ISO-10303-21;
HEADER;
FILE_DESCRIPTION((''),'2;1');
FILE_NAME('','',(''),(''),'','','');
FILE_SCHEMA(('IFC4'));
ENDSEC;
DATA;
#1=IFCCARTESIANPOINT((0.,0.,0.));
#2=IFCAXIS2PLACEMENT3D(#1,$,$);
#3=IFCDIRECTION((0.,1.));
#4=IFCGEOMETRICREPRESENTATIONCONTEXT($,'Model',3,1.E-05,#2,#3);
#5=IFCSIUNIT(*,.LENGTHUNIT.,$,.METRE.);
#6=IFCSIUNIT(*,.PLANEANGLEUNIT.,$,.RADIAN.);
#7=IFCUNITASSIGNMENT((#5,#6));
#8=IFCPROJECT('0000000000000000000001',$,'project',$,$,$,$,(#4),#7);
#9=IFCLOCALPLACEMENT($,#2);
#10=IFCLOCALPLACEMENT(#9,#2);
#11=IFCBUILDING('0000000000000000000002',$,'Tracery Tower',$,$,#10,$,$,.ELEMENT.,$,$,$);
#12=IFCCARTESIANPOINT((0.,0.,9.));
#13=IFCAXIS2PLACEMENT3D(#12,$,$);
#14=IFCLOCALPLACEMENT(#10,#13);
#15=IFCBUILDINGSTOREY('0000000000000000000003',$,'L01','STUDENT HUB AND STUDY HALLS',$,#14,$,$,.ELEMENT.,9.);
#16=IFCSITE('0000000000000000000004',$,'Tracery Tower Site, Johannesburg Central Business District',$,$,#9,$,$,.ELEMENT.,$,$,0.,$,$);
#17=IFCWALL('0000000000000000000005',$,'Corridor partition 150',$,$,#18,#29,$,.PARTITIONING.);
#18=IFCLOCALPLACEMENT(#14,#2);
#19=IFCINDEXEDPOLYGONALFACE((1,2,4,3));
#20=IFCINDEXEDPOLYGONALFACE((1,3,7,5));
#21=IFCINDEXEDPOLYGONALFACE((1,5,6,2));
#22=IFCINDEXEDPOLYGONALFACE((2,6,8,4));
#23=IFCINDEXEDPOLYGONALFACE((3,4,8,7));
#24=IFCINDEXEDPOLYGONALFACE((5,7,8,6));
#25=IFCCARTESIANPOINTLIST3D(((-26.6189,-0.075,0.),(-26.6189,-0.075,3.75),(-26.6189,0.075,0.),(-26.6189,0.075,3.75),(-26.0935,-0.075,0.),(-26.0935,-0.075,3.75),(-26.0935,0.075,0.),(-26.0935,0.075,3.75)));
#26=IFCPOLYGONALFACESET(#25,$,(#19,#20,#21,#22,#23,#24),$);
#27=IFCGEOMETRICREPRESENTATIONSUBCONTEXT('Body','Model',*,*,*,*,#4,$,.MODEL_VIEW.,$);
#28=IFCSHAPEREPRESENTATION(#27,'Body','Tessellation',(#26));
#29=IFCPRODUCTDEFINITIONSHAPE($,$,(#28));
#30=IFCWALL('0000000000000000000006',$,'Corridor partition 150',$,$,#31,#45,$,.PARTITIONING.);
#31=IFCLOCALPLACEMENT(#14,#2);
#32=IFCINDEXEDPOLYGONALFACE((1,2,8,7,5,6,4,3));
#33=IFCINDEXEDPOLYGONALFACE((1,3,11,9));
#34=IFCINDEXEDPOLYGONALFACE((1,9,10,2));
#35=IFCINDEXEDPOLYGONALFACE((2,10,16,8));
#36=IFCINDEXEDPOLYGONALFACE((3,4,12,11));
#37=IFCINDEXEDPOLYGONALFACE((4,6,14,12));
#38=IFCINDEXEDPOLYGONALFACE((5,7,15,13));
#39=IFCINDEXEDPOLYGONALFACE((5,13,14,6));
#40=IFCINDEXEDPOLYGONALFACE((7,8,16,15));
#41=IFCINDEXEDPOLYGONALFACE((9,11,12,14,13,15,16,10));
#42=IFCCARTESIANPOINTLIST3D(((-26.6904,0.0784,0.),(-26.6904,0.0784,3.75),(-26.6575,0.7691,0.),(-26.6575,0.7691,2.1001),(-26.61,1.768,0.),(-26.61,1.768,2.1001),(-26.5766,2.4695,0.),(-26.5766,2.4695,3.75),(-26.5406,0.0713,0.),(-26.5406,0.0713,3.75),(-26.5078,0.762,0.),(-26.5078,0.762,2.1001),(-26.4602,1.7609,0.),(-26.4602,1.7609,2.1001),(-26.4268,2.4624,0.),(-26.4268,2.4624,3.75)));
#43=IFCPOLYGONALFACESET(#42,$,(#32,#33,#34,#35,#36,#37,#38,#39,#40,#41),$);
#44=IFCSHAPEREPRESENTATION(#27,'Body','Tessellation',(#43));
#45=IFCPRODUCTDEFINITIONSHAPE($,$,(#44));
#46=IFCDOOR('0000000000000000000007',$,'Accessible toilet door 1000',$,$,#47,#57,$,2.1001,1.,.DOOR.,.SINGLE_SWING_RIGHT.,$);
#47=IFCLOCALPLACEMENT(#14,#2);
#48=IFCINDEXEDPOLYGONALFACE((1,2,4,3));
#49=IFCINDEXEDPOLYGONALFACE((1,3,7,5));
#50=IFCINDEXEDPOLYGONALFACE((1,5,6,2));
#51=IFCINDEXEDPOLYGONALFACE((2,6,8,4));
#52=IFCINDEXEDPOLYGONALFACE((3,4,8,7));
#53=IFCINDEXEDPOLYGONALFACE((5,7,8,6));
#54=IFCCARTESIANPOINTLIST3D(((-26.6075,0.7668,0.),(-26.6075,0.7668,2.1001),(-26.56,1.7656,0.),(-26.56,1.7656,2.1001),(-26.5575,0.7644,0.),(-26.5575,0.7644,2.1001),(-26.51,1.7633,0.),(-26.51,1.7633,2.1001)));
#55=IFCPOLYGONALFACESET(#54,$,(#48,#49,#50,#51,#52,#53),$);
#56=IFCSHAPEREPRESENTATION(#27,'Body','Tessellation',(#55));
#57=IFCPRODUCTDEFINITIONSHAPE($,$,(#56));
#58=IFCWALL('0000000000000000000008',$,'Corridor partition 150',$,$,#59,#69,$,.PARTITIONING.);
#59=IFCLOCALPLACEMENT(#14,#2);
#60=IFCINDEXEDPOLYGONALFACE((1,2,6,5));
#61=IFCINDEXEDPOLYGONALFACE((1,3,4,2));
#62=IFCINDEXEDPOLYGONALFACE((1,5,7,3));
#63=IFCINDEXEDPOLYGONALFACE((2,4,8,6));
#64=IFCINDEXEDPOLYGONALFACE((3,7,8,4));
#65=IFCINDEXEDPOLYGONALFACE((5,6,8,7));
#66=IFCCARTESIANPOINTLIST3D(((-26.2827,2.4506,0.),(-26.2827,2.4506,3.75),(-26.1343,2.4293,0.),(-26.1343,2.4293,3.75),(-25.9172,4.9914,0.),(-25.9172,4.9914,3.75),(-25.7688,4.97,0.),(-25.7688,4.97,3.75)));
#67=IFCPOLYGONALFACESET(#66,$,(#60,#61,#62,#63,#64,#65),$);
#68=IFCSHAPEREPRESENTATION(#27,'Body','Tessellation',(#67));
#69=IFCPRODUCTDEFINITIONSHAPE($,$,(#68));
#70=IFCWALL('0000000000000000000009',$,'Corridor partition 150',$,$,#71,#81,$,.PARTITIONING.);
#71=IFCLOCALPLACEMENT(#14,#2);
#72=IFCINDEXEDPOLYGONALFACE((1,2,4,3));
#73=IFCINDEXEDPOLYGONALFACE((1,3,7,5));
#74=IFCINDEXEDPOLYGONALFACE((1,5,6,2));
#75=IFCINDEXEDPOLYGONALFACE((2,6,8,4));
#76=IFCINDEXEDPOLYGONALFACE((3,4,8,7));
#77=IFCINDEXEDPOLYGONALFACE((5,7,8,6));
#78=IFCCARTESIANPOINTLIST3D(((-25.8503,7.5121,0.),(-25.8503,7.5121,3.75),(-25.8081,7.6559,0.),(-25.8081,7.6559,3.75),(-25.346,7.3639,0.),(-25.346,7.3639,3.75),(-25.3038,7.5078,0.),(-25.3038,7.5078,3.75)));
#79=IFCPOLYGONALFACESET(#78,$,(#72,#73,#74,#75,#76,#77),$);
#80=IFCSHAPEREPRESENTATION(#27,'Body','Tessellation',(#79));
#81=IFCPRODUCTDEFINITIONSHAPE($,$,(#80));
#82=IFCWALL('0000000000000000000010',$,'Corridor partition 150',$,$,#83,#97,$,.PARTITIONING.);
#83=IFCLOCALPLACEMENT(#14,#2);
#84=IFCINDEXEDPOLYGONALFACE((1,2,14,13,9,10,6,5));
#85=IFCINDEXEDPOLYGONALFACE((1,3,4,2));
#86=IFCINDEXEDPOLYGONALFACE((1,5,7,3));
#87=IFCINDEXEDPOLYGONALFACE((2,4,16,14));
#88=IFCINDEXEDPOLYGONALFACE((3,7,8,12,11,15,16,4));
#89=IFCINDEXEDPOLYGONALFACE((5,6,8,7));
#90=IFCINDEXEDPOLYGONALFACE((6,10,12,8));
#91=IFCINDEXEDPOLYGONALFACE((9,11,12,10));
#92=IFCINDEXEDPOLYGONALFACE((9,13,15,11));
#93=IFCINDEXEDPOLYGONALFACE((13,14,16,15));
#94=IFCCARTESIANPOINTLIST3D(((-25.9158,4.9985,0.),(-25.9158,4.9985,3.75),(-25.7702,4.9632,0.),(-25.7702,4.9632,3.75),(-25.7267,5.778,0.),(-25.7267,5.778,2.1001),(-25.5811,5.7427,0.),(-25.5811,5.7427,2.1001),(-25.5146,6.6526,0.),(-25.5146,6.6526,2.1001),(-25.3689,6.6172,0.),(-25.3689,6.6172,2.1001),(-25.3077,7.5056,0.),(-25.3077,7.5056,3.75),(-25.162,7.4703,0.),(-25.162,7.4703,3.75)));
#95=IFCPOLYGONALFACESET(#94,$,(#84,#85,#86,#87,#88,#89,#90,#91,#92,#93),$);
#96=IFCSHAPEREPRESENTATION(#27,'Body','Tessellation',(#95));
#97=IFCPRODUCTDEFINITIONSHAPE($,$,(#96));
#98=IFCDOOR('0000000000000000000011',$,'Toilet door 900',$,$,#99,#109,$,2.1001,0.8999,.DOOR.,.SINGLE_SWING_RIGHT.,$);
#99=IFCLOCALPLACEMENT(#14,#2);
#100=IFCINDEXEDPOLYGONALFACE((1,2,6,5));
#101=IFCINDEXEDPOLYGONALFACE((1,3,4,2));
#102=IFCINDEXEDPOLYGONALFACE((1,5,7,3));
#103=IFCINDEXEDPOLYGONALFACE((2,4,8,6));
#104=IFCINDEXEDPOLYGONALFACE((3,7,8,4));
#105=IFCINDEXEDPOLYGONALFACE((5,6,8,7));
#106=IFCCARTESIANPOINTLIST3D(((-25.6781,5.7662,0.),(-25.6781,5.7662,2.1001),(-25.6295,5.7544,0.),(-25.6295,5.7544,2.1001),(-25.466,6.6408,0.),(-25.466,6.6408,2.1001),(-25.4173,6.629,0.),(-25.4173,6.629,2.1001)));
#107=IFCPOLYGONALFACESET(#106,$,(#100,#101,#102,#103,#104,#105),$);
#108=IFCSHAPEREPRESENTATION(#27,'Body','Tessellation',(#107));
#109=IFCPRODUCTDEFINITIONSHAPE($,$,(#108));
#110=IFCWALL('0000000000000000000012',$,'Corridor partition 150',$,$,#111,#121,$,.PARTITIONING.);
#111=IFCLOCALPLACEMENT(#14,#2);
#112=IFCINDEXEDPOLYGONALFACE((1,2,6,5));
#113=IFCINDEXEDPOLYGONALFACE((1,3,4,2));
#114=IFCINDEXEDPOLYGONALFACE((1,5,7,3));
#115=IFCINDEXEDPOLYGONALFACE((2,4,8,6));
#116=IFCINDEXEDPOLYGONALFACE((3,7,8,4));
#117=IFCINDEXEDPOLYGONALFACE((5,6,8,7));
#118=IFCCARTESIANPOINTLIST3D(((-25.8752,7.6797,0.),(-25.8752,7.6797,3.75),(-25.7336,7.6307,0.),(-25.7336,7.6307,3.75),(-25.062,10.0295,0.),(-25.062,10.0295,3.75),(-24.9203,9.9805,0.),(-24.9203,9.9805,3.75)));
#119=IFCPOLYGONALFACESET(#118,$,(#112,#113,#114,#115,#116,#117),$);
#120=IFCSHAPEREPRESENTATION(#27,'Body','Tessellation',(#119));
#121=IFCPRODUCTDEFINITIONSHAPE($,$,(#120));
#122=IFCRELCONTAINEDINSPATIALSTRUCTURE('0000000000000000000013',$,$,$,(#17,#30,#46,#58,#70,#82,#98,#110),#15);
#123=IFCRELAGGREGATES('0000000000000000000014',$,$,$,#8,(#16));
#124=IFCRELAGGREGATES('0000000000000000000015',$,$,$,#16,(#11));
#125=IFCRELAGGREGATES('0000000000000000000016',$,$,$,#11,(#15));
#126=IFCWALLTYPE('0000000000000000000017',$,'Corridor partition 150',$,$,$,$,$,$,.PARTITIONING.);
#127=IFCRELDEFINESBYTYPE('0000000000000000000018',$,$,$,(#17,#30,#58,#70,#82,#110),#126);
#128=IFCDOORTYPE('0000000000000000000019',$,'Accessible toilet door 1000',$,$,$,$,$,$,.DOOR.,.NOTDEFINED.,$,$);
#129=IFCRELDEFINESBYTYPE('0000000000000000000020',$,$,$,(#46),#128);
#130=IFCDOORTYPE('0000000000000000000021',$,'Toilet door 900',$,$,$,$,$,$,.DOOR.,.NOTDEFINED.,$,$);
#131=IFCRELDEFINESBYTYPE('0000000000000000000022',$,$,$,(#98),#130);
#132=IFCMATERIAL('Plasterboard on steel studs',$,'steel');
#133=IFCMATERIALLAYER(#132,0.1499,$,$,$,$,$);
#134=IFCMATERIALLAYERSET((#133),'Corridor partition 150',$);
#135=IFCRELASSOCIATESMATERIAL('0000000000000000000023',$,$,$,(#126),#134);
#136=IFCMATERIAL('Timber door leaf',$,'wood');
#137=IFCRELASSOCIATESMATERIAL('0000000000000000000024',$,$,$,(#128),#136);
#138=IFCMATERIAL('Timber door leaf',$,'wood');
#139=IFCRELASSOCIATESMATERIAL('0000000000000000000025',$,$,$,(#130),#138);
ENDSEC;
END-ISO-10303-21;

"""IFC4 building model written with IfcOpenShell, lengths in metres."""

from ifc_helpers import new_model, si_unit, direction, frame, frame_2d, origin, place, context, subcontext, project, spatial, rectangle, extrude, material, layer, layer_set, type_object, element, fill, save


model = new_model("IFC4")

# Units and contexts
model_context = context("Model", 3, precision=1e-05, world=origin(), true_north=direction((0.0, 1.0)))
body_context = subcontext(model_context, "Body", "Model", "MODEL_VIEW")
ifc_project = project(units=[si_unit("LENGTHUNIT", "METRE"), si_unit("PLANEANGLEUNIT", "RADIAN")], contexts=[model_context])

# Site, building, storey
site_placement = place(None, origin())
site = spatial("IfcSite", under=ifc_project, at=site_placement, Name="Tracery Tower Site, Johannesburg Central Business District", CompositionType="ELEMENT", RefElevation=0.0)
building_placement = place(site_placement, origin())
building = spatial("IfcBuilding", under=site, at=building_placement, Name="Tracery Tower", CompositionType="ELEMENT")
storey_placement = place(building_placement, frame((0.0, 0.0, 9.0)))
storey = spatial("IfcBuildingStorey", under=building, at=storey_placement, Name="L01", Description="STUDENT HUB AND STUDY HALLS", CompositionType="ELEMENT", Elevation=9.0)

# Wall
ifc_material_1 = material(Name="Plasterboard on steel studs", Category="steel")
ifc_layer_1 = layer(ifc_material_1, 0.1499)
ifc_layer_set_1 = layer_set([ifc_layer_1], Name="Corridor partition 150")
wall_type_1 = type_object("IfcWallType", Name="Corridor partition 150", PredefinedType="PARTITIONING", material=ifc_layer_set_1)
wall_1_placement = place(storey_placement, frame((-26.6189, 0.0, 0.0), z_axis=(0.0, 0.0, 1.0), x_axis=(1.0, 0.0, 0.0)))
element("IfcWall", 1, at=wall_1_placement, inside=storey, type_object=wall_type_1, Name="Corridor partition 150", PredefinedType="PARTITIONING", context=body_context, shape_type="SweptSolid", body=[
    extrude(rectangle(XDim=0.5254, YDim=0.1499, at=frame_2d((0.2627, 0.0))), origin(), (0.0, 0.0, 1.0), 3.75),
])

# Wall, opening, door
wall_2_placement = place(storey_placement, frame((-26.6155, 0.075, 0.0), z_axis=(0.0, 0.0, 1.0), x_axis=(0.047526, 0.99887, 0.0)))
wall_2 = element("IfcWall", 2, at=wall_2_placement, inside=storey, type_object=wall_type_1, Name="Corridor partition 150", PredefinedType="PARTITIONING", context=body_context, shape_type="SweptSolid", body=[
    extrude(rectangle(XDim=2.3938, YDim=0.1499, at=frame_2d((1.1968, 0.0))), origin(), (0.0, 0.0, 1.0), 3.75),
])
opening_1_placement = place(wall_2_placement, frame((0.6914, 0.0, 0.0)))
opening_1 = element("IfcOpeningElement", 3, at=opening_1_placement, cuts=wall_2, PredefinedType="OPENING", context=body_context, shape_type="SweptSolid", body=[
    extrude(rectangle(XDim=1.0, YDim=2.1001, at=frame_2d((0.5, 1.05))), frame((0.0, 0.075, 0.0), z_axis=(0.0, -1.0, 0.0), x_axis=(1.0, 0.0, 0.0)), (0.0, 0.0, 1.0), 0.1499),
])
ifc_material_2 = material(Name="Timber door leaf", Category="wood")
door_type_1 = type_object("IfcDoorType", Name="Accessible toilet door 1000", OperationType="NOTDEFINED", PredefinedType="DOOR", material=ifc_material_2)
door_1_placement = place(opening_1_placement, origin())
door_1 = element("IfcDoor", 4, at=door_1_placement, inside=storey, type_object=door_type_1, Name="Accessible toilet door 1000", OperationType="SINGLE_SWING_RIGHT", OverallHeight=2.1001, OverallWidth=1.0, PredefinedType="DOOR", context=body_context, shape_type="SweptSolid", body=[
    extrude(rectangle(XDim=1.0, YDim=2.1001, at=frame_2d((0.5, 1.05))), frame((0.0, 0.0249, 0.0), z_axis=(0.0, -1.0, 0.0), x_axis=(1.0, 0.0, 0.0)), (0.0, 0.0, 1.0), 0.05),
])
fill(opening_1, door_1)

# Walls
wall_3_placement = place(storey_placement, frame((-25.843, 4.9807, 0.0), z_axis=(0.0, 0.0, 1.0), x_axis=(-0.14238, -0.989812, 0.0)))
element("IfcWall", 5, at=wall_3_placement, inside=storey, type_object=wall_type_1, Name="Corridor partition 150", PredefinedType="PARTITIONING", context=body_context, shape_type="SweptSolid", body=[
    extrude(rectangle(XDim=2.5669, YDim=0.1499, at=frame_2d((1.2834, 0.0))), origin(), (0.0, 0.0, 1.0), 3.75),
])
wall_4_placement = place(storey_placement, frame((-25.8291, 7.584, 0.0), z_axis=(0.0, 0.0, 1.0), x_axis=(0.959447, -0.28189, 0.0)))
element("IfcWall", 6, at=wall_4_placement, inside=storey, type_object=wall_type_1, Name="Corridor partition 150", PredefinedType="PARTITIONING", context=body_context, shape_type="SweptSolid", body=[
    extrude(rectangle(XDim=0.5256, YDim=0.1499, at=frame_2d((0.2627, 0.0))), origin(), (0.0, 0.0, 1.0), 3.75),
])

# Wall, opening, door
wall_5_placement = place(storey_placement, frame((-25.843, 4.9807, 0.0), z_axis=(0.0, 0.0, 1.0), x_axis=(0.235738, 0.971817, 0.0)))
wall_5 = element("IfcWall", 7, at=wall_5_placement, inside=storey, type_object=wall_type_1, Name="Corridor partition 150", PredefinedType="PARTITIONING", context=body_context, shape_type="SweptSolid", body=[
    extrude(rectangle(XDim=2.5798, YDim=0.1499, at=frame_2d((1.29, 0.0))), origin(), (0.0, 0.0, 1.0), 3.75),
])
opening_2_placement = place(wall_5_placement, frame((0.8022, 0.0, 0.0)))
opening_2 = element("IfcOpeningElement", 8, at=opening_2_placement, cuts=wall_5, PredefinedType="OPENING", context=body_context, shape_type="SweptSolid", body=[
    extrude(rectangle(XDim=0.8999, YDim=2.1001, at=frame_2d((0.45, 1.05))), frame((0.0, 0.075, 0.0), z_axis=(0.0, -1.0, 0.0), x_axis=(1.0, 0.0, 0.0)), (0.0, 0.0, 1.0), 0.1499),
])
ifc_material_3 = material(Name="Timber door leaf", Category="wood")
door_type_2 = type_object("IfcDoorType", Name="Toilet door 900", OperationType="NOTDEFINED", PredefinedType="DOOR", material=ifc_material_3)
door_2_placement = place(opening_2_placement, origin())
door_2 = element("IfcDoor", 9, at=door_2_placement, inside=storey, type_object=door_type_2, Name="Toilet door 900", OperationType="SINGLE_SWING_RIGHT", OverallHeight=2.1001, OverallWidth=0.8999, PredefinedType="DOOR", context=body_context, shape_type="SweptSolid", body=[
    extrude(rectangle(XDim=0.8999, YDim=2.1001, at=frame_2d((0.45, 1.05))), frame((0.0, 0.0249, 0.0), z_axis=(0.0, -1.0, 0.0), x_axis=(1.0, 0.0, 0.0)), (0.0, 0.0, 1.0), 0.05),
])
fill(opening_2, door_2)

# Wall
wall_6_placement = place(storey_placement, frame((-24.9912, 10.0049, 0.0), z_axis=(0.0, 0.0, 1.0), x_axis=(-0.327046, -0.945008, 0.0)))
element("IfcWall", 10, at=wall_6_placement, inside=storey, type_object=wall_type_1, Name="Corridor partition 150", PredefinedType="PARTITIONING", context=body_context, shape_type="SweptSolid", body=[
    extrude(rectangle(XDim=2.4866, YDim=0.1499, at=frame_2d((1.2432, 0.0))), origin(), (0.0, 0.0, 1.0), 3.75),
])

save(model, "model.ifc")
